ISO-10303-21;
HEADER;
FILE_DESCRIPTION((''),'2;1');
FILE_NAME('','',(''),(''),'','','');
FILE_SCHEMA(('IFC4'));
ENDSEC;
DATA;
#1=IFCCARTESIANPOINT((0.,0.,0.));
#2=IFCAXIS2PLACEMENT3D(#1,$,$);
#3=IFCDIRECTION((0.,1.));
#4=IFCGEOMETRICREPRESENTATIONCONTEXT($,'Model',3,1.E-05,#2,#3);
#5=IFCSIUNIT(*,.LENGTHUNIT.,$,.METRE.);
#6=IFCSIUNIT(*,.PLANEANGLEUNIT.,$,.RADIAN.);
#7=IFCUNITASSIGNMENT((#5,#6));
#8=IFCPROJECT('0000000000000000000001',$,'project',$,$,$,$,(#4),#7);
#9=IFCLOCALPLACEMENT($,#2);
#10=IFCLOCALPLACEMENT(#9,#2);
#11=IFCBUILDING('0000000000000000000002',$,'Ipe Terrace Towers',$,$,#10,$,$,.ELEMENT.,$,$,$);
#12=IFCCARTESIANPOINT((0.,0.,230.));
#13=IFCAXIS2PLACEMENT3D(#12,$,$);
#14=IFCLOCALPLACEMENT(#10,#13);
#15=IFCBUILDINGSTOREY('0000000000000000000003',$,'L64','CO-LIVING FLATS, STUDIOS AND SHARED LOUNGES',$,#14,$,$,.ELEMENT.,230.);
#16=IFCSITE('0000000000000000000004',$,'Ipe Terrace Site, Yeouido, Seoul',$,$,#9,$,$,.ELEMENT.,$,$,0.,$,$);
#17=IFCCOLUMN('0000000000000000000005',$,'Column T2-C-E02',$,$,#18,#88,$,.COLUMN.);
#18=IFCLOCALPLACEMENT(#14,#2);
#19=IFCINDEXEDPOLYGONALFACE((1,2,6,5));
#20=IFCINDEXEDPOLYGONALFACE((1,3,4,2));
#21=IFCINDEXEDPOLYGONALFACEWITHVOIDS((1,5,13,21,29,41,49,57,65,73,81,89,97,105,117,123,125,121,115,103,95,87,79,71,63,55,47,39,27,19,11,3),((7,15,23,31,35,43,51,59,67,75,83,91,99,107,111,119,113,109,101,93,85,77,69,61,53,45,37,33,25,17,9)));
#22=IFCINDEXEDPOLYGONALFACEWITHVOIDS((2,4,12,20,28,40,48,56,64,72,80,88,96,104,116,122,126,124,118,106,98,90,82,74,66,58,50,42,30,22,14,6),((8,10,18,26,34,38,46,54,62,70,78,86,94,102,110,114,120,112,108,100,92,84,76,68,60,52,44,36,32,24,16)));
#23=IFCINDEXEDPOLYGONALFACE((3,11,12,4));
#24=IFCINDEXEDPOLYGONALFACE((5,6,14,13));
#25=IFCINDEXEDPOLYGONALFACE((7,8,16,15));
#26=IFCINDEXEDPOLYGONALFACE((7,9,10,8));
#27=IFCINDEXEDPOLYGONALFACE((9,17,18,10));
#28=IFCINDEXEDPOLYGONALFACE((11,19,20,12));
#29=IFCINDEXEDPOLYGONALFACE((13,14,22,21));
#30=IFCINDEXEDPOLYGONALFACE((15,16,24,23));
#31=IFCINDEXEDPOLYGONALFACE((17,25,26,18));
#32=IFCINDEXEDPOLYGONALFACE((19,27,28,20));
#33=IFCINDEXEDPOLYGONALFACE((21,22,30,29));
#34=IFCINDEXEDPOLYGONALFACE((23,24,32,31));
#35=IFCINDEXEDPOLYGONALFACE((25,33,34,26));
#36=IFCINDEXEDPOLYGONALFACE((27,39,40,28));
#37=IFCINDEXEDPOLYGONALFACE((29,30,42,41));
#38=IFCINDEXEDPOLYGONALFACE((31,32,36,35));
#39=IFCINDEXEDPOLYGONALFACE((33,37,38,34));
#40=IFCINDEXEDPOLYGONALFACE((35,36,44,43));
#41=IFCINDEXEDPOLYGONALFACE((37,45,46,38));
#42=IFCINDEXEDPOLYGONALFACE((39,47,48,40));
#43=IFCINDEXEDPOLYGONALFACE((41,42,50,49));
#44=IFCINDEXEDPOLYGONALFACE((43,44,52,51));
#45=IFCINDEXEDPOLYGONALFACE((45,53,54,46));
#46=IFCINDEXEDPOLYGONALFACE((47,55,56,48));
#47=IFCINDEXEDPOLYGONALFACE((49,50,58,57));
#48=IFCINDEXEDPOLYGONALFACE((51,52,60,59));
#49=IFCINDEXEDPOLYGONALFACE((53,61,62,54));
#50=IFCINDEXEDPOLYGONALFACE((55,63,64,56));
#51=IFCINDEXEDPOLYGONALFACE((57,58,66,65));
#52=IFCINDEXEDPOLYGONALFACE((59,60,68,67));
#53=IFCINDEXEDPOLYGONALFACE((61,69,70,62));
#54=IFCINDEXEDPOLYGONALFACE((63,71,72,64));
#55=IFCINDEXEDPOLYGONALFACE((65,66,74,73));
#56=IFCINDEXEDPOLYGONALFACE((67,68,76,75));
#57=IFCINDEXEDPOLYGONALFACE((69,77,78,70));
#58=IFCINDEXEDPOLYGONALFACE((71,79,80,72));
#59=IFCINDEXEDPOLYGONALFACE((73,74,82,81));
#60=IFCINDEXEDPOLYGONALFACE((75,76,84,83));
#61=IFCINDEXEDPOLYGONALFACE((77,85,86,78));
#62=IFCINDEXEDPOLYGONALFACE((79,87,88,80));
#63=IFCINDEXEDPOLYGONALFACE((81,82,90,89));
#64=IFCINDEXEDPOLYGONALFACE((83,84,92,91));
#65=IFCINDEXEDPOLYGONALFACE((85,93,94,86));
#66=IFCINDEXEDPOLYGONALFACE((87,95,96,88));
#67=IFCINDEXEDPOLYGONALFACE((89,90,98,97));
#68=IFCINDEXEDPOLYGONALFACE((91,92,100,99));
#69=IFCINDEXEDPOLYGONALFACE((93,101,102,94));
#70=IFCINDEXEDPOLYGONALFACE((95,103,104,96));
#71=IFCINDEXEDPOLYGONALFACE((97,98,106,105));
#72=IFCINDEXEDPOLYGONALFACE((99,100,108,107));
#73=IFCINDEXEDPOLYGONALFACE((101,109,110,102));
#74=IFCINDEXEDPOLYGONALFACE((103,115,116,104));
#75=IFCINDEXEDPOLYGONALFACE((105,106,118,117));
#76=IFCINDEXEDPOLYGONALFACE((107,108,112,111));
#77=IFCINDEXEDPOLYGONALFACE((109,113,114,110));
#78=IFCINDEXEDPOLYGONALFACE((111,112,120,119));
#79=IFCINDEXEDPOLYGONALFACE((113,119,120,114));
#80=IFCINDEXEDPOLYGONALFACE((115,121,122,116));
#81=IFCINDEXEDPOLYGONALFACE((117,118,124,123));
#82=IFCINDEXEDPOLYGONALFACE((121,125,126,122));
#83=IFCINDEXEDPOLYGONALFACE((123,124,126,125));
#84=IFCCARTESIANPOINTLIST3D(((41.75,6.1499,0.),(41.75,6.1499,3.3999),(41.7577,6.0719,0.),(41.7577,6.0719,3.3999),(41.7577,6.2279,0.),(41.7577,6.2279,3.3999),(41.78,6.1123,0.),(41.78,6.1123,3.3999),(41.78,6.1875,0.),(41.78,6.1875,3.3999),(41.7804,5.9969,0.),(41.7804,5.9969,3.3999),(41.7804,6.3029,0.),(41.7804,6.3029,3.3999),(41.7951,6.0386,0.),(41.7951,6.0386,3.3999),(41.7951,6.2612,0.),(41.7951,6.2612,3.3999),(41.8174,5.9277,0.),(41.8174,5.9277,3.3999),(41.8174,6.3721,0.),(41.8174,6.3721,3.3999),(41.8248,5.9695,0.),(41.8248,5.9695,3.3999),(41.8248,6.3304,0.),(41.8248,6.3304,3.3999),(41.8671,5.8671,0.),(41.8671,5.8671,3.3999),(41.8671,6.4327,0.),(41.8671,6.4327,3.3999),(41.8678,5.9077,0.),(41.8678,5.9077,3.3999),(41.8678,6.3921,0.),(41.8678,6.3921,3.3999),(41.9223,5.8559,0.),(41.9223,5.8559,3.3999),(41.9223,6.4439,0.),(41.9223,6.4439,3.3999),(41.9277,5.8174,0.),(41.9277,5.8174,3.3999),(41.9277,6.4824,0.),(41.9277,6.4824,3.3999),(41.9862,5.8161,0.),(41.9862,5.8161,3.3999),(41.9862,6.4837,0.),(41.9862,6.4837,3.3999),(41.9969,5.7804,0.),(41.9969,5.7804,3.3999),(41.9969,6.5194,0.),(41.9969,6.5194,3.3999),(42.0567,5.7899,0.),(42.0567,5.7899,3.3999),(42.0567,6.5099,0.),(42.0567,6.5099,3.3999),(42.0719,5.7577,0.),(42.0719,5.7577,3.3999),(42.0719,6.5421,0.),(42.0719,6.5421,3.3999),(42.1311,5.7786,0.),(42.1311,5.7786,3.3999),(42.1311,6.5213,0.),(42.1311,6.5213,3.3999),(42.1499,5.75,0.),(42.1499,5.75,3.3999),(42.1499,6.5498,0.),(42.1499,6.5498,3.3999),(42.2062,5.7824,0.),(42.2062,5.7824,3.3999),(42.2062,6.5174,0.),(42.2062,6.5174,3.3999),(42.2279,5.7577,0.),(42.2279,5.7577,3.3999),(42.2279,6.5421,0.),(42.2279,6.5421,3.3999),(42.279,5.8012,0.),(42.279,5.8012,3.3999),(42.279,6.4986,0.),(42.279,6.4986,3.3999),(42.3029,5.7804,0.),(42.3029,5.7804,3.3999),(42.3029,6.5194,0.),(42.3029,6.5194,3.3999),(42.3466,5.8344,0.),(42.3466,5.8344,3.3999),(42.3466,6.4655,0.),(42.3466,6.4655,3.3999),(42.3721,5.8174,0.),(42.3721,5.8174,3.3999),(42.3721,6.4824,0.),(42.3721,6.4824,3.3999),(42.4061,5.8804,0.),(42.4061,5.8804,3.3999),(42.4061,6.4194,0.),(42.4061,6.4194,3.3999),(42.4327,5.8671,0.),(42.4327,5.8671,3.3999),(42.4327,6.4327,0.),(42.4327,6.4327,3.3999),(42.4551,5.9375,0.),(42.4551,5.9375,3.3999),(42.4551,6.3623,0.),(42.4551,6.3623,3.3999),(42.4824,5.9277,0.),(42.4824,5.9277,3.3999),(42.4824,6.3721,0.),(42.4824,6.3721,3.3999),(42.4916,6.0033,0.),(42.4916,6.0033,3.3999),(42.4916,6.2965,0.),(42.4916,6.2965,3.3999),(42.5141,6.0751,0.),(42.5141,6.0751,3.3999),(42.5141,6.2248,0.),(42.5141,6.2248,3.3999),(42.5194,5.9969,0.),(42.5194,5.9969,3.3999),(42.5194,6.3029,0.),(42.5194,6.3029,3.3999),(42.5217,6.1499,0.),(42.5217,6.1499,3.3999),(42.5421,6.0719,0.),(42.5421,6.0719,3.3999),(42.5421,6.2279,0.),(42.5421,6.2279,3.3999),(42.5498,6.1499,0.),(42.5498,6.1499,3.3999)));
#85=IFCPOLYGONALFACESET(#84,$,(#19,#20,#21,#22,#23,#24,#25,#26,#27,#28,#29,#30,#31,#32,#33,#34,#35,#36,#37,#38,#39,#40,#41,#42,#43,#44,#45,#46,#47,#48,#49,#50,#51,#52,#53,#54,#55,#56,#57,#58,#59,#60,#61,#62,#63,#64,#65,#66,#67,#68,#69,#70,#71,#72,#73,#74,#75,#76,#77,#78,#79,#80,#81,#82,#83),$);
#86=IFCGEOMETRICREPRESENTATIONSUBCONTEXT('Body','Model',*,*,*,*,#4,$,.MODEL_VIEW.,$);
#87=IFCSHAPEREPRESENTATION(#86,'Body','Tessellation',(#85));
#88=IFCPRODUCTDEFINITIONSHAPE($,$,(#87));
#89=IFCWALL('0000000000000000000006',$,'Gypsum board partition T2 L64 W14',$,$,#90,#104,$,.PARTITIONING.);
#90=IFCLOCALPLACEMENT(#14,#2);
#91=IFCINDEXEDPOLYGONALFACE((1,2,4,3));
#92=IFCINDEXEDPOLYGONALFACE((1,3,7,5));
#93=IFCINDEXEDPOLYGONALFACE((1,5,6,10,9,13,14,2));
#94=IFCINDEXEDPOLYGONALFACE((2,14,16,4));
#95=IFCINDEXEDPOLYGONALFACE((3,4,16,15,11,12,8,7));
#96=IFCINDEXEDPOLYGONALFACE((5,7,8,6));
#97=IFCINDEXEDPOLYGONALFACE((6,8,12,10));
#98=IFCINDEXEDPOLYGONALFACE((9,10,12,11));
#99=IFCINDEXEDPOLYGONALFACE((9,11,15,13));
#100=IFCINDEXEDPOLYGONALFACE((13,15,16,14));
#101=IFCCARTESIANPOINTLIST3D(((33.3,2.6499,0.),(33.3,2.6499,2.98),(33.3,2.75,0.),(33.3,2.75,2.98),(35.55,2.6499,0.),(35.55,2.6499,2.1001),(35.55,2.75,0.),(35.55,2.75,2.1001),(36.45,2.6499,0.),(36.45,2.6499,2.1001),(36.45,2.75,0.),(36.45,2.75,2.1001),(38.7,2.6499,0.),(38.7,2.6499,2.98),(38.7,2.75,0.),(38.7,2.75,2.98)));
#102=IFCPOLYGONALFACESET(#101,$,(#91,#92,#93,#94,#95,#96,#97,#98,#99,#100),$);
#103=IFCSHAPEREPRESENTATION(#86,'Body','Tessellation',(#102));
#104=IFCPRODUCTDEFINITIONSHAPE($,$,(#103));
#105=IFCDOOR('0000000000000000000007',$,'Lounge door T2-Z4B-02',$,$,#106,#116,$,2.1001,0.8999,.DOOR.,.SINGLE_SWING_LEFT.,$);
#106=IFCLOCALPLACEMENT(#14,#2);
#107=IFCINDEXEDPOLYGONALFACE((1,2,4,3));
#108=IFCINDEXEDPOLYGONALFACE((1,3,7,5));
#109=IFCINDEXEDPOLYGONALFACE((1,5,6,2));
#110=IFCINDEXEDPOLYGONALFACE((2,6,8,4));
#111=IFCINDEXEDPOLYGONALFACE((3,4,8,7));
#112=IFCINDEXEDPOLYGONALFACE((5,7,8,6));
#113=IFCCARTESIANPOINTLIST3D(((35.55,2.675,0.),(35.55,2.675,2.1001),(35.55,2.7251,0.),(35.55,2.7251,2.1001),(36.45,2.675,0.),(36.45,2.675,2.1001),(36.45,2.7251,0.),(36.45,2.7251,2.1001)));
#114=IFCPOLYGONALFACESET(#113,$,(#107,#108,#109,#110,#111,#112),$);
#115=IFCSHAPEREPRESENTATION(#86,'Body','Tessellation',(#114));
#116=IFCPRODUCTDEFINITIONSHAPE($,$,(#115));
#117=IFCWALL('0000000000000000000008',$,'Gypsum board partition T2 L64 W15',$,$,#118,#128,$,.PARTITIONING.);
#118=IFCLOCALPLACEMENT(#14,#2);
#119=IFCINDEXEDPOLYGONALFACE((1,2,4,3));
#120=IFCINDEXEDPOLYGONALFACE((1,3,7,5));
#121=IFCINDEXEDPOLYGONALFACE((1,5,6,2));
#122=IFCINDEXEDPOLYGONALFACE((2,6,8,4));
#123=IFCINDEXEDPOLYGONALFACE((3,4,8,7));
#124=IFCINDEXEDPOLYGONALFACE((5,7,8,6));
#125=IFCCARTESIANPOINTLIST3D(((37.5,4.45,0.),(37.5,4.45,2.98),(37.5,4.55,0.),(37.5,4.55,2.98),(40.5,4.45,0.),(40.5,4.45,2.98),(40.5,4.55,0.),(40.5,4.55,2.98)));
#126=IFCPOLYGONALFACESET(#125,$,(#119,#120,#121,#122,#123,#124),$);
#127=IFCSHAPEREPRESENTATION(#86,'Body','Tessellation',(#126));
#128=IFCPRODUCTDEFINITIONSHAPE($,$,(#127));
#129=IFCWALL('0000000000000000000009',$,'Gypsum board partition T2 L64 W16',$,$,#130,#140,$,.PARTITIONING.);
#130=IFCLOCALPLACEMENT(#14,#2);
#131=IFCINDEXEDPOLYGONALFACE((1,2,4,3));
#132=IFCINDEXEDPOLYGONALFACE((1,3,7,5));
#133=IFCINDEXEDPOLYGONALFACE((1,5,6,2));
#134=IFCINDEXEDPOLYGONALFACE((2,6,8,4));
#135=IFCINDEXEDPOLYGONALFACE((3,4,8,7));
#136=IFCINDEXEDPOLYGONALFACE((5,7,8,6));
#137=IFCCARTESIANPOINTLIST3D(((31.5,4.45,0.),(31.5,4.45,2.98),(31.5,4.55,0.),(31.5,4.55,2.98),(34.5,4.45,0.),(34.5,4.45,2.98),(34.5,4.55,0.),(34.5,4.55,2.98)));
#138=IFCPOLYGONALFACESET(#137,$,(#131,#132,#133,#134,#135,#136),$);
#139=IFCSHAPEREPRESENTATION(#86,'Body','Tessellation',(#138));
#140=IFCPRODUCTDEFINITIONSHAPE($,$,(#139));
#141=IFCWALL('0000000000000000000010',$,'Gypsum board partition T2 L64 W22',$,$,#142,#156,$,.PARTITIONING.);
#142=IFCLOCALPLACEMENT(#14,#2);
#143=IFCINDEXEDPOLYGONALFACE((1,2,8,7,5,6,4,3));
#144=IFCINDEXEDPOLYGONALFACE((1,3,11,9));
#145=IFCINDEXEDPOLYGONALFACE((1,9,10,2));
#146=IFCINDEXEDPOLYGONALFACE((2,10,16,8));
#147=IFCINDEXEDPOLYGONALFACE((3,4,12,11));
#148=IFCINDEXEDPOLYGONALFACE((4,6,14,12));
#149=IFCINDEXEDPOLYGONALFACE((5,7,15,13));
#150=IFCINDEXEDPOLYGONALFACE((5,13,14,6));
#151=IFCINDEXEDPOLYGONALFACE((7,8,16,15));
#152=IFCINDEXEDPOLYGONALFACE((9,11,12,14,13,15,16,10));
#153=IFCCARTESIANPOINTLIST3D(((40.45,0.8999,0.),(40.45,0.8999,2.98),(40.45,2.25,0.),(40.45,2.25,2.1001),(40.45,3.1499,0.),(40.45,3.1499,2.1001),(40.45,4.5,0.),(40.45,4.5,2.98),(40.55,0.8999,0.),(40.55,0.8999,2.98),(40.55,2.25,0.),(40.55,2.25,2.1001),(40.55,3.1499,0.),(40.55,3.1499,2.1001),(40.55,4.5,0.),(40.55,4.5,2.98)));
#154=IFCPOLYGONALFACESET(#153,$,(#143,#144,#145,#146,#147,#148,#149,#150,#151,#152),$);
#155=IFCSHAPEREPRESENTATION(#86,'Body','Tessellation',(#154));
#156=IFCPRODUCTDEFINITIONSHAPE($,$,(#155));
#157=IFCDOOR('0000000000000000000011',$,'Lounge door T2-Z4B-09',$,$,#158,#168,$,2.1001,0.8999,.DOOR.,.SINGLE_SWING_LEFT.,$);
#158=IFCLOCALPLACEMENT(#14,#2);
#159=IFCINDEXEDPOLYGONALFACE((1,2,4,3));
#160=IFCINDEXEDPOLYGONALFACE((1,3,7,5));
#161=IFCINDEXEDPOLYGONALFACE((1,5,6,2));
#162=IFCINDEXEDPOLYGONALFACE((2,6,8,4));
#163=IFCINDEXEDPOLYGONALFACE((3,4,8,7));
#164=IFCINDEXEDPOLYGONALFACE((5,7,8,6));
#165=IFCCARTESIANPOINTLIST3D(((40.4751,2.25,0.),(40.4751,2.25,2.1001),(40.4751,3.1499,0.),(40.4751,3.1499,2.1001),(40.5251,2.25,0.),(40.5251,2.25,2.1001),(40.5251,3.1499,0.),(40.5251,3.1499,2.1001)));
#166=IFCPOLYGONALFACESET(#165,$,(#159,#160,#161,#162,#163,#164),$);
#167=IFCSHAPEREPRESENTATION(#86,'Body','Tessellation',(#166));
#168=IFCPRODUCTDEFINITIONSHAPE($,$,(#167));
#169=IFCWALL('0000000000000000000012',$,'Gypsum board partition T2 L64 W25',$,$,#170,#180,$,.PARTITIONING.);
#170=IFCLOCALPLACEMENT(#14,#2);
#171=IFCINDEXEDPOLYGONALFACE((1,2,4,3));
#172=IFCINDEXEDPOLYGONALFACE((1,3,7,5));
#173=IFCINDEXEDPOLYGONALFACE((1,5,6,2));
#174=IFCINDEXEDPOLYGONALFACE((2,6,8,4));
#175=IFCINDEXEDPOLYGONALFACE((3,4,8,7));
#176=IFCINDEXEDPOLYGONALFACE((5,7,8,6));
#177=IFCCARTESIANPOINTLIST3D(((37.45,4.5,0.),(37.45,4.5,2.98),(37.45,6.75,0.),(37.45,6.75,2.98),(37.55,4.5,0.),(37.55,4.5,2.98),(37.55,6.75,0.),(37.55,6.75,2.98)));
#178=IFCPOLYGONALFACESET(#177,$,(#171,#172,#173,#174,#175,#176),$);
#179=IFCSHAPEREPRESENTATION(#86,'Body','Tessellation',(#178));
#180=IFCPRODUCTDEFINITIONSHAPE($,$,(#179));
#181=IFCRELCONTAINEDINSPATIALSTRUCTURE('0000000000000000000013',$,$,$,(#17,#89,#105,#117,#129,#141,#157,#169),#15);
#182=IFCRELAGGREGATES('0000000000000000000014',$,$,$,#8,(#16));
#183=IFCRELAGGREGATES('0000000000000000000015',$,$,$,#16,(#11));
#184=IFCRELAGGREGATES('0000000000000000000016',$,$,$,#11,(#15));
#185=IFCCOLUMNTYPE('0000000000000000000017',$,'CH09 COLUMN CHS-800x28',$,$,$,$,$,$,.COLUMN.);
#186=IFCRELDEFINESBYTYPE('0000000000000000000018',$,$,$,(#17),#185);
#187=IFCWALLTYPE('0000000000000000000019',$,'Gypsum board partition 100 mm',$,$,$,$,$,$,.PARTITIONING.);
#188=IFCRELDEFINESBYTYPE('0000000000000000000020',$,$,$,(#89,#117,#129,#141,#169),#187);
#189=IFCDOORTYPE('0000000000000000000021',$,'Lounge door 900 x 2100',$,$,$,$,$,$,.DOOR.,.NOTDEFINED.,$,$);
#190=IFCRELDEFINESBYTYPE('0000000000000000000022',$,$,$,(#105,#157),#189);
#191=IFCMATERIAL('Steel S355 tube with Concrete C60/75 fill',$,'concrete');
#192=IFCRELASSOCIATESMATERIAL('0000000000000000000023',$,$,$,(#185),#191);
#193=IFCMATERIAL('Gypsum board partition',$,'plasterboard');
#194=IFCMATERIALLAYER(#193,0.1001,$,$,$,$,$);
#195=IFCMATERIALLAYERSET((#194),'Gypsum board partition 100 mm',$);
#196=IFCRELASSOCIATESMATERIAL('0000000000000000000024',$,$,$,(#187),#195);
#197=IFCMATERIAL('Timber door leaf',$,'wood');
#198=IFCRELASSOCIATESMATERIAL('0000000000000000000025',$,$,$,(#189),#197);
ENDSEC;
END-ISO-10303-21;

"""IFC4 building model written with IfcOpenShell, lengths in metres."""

from ifc_helpers import new_model, si_unit, direction, frame, frame_2d, origin, origin_2d, place, context, subcontext, project, spatial, rectangle, hollow_circle, extrude, material, layer, layer_set, material_profile, profile_set, type_object, element, fill, save


model = new_model("IFC4")

# Units and contexts
model_context = context("Model", 3, precision=1e-05, world=origin(), true_north=direction((0.0, 1.0)))
body_context = subcontext(model_context, "Body", "Model", "MODEL_VIEW")
ifc_project = project(units=[si_unit("LENGTHUNIT", "METRE"), si_unit("PLANEANGLEUNIT", "RADIAN")], contexts=[model_context])

# Site, building, storey
site_placement = place(None, origin())
site = spatial("IfcSite", under=ifc_project, at=site_placement, Name="Ipe Terrace Site, Yeouido, Seoul", CompositionType="ELEMENT", RefElevation=0.0)
building_placement = place(site_placement, origin())
building = spatial("IfcBuilding", under=site, at=building_placement, Name="Ipe Terrace Towers", CompositionType="ELEMENT")
storey_placement = place(building_placement, frame((0.0, 0.0, 230.0)))
storey = spatial("IfcBuildingStorey", under=building, at=storey_placement, Name="L64", Description="CO-LIVING FLATS, STUDIOS AND SHARED LOUNGES", CompositionType="ELEMENT", Elevation=230.0)

# Column
ifc_material_1 = material(Name="Steel S355 tube with Concrete C60/75 fill", Category="concrete")
ifc_material_profile = material_profile(ifc_material_1, hollow_circle(Radius=0.3999, WallThickness=0.0281, at=origin_2d()), Name="CHS-800x28")
ifc_profile_set = profile_set([ifc_material_profile], Name="Steel S355 tube with Concrete C60/75 fill")
column_type = type_object("IfcColumnType", Name="CH09 COLUMN CHS-800x28", PredefinedType="COLUMN", material=ifc_profile_set)
column_placement = place(storey_placement, frame((42.1499, 6.1499, 0.0), z_axis=(0.0, 0.0, 1.0), x_axis=(1.0, 0.0, 0.0)))
element("IfcColumn", 1, at=column_placement, inside=storey, type_object=column_type, Name="Column T2-C-E02", PredefinedType="COLUMN", context=body_context, shape_type="SweptSolid", body=[
    extrude(hollow_circle(Radius=0.3999, WallThickness=0.0281, at=origin_2d()), origin(), (0.0, 0.0, 1.0), 3.3999),
])

# Wall, opening, door
ifc_material_2 = material(Name="Gypsum board partition", Category="plasterboard")
ifc_layer = layer(ifc_material_2, 0.1001)
ifc_layer_set = layer_set([ifc_layer], Name="Gypsum board partition 100 mm")
wall_type = type_object("IfcWallType", Name="Gypsum board partition 100 mm", PredefinedType="PARTITIONING", material=ifc_layer_set)
wall_1_placement = place(storey_placement, frame((38.7, 2.7, 0.0), z_axis=(0.0, 0.0, 1.0), x_axis=(-1.0, 0.0, 0.0)))
wall_1 = element("IfcWall", 2, at=wall_1_placement, inside=storey, type_object=wall_type, Name="Gypsum board partition T2 L64 W14", PredefinedType="PARTITIONING", context=body_context, shape_type="SweptSolid", body=[
    extrude(rectangle(XDim=5.3999, YDim=0.1001, at=frame_2d((2.7, 0.0))), origin(), (0.0, 0.0, 1.0), 2.98),
])
opening_1_placement = place(wall_1_placement, frame((2.25, 0.0, 0.0)))
opening_1 = element("IfcOpeningElement", 3, at=opening_1_placement, cuts=wall_1, PredefinedType="OPENING", context=body_context, shape_type="SweptSolid", body=[
    extrude(rectangle(XDim=0.8999, YDim=2.1001, at=frame_2d((0.45, 1.05))), frame((0.0, 0.0601, 0.0), z_axis=(0.0, -1.0, 0.0), x_axis=(1.0, 0.0, 0.0)), (0.0, 0.0, 1.0), 0.1201),
])
ifc_material_3 = material(Name="Timber door leaf", Category="wood")
door_type_1 = type_object("IfcDoorType", Name="Lounge door 900 x 2100", OperationType="NOTDEFINED", PredefinedType="DOOR", material=ifc_material_3)
door_1_placement = place(opening_1_placement, origin())
door_1 = element("IfcDoor", 4, at=door_1_placement, inside=storey, type_object=door_type_1, Name="Lounge door T2-Z4B-02", OperationType="SINGLE_SWING_LEFT", OverallHeight=2.1001, OverallWidth=0.8999, PredefinedType="DOOR", context=body_context, shape_type="SweptSolid", body=[
    extrude(rectangle(XDim=0.8999, YDim=2.1001, at=frame_2d((0.45, 1.05))), frame((0.0, 0.0249, 0.0), z_axis=(0.0, -1.0, 0.0), x_axis=(1.0, 0.0, 0.0)), (0.0, 0.0, 1.0), 0.05),
])
fill(opening_1, door_1)

# Walls
for number, where, z_axis, x_axis, name in (
    (5, (40.5, 4.5, 0.0), (0.0, 0.0, 1.0), (-1.0, 0.0, 0.0), "Gypsum board partition T2 L64 W15"),
    (6, (34.5, 4.5, 0.0), (0.0, 0.0, 1.0), (-1.0, 0.0, 0.0), "Gypsum board partition T2 L64 W16"),
):
    element("IfcWall", number, at=place(storey_placement, frame(where, z_axis=z_axis, x_axis=x_axis)), inside=storey, type_object=wall_type, Name=name, PredefinedType="PARTITIONING", context=body_context, shape_type="SweptSolid", body=[
        extrude(rectangle(XDim=3.0, YDim=0.1001, at=frame_2d((1.5, 0.0))), origin(), (0.0, 0.0, 1.0), 2.98),
    ])

# Wall, opening, door
wall_2_placement = place(storey_placement, frame((40.5, 0.8999, 0.0), z_axis=(0.0, 0.0, 1.0), x_axis=(0.0, 1.0, 0.0)))
wall_2 = element("IfcWall", 7, at=wall_2_placement, inside=storey, type_object=wall_type, Name="Gypsum board partition T2 L64 W22", PredefinedType="PARTITIONING", context=body_context, shape_type="SweptSolid", body=[
    extrude(rectangle(XDim=3.6001, YDim=0.1001, at=frame_2d((1.8, 0.0))), origin(), (0.0, 0.0, 1.0), 2.98),
])
opening_2_placement = place(wall_2_placement, frame((1.3501, 0.0, 0.0)))
opening_2 = element("IfcOpeningElement", 8, at=opening_2_placement, cuts=wall_2, PredefinedType="OPENING", context=body_context, shape_type="SweptSolid", body=[
    extrude(rectangle(XDim=0.8999, YDim=2.1001, at=frame_2d((0.45, 1.05))), frame((0.0, 0.0601, 0.0), z_axis=(0.0, -1.0, 0.0), x_axis=(1.0, 0.0, 0.0)), (0.0, 0.0, 1.0), 0.1201),
])
door_2_placement = place(opening_2_placement, origin())
door_2 = element("IfcDoor", 9, at=door_2_placement, inside=storey, type_object=door_type_1, Name="Lounge door T2-Z4B-09", OperationType="SINGLE_SWING_LEFT", OverallHeight=2.1001, OverallWidth=0.8999, PredefinedType="DOOR", context=body_context, shape_type="SweptSolid", body=[
    extrude(rectangle(XDim=0.8999, YDim=2.1001, at=frame_2d((0.45, 1.05))), frame((0.0, 0.0249, 0.0), z_axis=(0.0, -1.0, 0.0), x_axis=(1.0, 0.0, 0.0)), (0.0, 0.0, 1.0), 0.05),
])
fill(opening_2, door_2)

# Wall
wall_3_placement = place(storey_placement, frame((37.5, 4.5, 0.0), z_axis=(0.0, 0.0, 1.0), x_axis=(0.0, 1.0, 0.0)))
element("IfcWall", 10, at=wall_3_placement, inside=storey, type_object=wall_type, Name="Gypsum board partition T2 L64 W25", PredefinedType="PARTITIONING", context=body_context, shape_type="SweptSolid", body=[
    extrude(rectangle(XDim=2.25, YDim=0.1001, at=frame_2d((1.125, 0.0))), origin(), (0.0, 0.0, 1.0), 2.98),
])

save(model, "model.ifc")
